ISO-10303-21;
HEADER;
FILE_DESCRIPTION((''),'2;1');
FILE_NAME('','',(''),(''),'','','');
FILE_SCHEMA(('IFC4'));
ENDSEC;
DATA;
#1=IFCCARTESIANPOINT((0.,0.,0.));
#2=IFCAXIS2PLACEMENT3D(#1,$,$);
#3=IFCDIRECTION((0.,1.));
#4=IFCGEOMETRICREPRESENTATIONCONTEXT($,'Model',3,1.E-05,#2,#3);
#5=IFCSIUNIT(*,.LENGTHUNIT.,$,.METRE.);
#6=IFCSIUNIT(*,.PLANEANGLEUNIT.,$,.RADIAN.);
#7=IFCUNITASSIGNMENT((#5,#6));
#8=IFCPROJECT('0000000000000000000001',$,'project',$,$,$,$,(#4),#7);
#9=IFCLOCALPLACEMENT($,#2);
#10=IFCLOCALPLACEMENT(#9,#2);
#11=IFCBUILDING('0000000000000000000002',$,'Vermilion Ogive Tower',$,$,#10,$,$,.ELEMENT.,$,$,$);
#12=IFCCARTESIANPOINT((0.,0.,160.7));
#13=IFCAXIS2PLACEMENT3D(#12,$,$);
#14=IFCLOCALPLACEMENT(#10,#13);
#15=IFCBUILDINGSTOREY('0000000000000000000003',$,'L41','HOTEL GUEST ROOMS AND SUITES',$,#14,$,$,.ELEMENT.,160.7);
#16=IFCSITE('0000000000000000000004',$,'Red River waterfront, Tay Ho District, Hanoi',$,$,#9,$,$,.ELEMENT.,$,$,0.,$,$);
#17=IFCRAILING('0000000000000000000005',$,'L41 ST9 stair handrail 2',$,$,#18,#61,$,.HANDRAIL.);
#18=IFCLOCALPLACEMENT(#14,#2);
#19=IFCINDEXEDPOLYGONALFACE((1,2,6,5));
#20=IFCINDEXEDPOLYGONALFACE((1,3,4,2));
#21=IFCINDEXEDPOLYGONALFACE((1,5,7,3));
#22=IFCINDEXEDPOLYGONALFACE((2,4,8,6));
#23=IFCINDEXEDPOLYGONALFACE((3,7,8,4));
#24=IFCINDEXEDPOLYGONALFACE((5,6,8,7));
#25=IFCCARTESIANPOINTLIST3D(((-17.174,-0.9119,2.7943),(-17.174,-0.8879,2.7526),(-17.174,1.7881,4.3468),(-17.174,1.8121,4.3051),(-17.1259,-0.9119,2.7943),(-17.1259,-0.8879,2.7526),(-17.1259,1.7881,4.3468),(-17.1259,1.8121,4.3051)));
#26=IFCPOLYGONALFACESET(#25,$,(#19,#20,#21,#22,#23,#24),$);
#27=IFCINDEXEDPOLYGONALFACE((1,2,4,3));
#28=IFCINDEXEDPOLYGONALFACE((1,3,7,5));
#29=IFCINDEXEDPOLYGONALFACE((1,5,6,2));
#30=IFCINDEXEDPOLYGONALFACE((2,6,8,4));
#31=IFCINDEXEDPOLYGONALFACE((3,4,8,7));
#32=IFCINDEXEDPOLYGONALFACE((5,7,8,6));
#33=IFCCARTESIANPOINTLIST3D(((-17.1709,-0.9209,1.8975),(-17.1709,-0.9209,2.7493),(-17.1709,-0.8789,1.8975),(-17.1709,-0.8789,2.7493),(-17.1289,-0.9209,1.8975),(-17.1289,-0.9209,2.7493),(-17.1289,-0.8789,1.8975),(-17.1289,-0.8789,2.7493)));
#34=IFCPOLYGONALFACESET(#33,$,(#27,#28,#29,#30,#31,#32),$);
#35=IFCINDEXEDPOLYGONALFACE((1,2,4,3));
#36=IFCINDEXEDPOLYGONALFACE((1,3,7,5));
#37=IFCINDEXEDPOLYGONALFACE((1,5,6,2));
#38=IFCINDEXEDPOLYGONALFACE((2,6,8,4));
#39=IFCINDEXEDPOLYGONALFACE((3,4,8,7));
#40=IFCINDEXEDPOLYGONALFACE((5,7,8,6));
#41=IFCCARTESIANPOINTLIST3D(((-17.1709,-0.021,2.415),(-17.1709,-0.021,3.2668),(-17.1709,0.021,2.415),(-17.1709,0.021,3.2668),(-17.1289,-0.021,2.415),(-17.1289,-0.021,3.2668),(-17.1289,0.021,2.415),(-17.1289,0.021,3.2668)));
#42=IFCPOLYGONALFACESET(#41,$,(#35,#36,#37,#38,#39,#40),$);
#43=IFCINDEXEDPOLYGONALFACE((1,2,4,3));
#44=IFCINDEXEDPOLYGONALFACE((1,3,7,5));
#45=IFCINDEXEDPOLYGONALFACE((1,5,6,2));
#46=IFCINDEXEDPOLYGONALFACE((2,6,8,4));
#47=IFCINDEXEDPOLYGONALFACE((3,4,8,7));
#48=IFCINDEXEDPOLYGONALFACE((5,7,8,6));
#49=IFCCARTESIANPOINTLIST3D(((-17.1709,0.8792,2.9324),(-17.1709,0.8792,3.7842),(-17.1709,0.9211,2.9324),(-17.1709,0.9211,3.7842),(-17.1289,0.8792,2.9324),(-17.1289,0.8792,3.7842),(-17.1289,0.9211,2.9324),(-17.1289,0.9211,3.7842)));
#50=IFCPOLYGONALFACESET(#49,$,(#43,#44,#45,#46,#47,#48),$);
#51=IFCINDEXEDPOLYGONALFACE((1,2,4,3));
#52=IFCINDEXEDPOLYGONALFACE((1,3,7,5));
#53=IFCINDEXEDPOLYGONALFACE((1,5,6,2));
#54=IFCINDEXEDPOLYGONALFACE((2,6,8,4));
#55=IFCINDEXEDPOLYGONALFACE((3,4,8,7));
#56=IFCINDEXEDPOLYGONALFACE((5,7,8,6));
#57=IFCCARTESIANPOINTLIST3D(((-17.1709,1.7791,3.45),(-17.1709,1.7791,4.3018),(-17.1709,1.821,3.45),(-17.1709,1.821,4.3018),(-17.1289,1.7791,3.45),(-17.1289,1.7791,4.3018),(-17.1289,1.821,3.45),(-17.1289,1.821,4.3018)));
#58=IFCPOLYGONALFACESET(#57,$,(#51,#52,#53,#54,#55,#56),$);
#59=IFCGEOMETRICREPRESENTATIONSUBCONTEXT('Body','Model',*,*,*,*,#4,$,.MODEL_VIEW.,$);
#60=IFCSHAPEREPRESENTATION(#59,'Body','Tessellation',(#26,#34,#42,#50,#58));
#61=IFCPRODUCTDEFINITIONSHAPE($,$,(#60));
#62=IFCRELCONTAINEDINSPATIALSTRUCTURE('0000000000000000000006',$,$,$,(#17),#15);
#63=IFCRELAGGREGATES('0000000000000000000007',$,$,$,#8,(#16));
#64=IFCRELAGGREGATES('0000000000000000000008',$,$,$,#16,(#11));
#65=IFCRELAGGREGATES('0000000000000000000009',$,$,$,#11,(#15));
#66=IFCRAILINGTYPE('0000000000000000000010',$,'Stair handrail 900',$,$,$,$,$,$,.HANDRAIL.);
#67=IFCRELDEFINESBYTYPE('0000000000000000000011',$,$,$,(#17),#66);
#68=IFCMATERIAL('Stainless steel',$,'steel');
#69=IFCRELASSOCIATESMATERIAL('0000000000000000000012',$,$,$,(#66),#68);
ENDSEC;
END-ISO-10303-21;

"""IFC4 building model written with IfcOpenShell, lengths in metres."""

from ifc_helpers import new_model, si_unit, direction, frame, origin, origin_2d, place, context, subcontext, project, spatial, rectangle, extrude, material, type_object, element, save


model = new_model("IFC4")

# Units and contexts
model_context = context("Model", 3, precision=1e-05, world=origin(), true_north=direction((0.0, 1.0)))
body_context = subcontext(model_context, "Body", "Model", "MODEL_VIEW")
ifc_project = project(units=[si_unit("LENGTHUNIT", "METRE"), si_unit("PLANEANGLEUNIT", "RADIAN")], contexts=[model_context])

# Site, building, storey
site_placement = place(None, origin())
site = spatial("IfcSite", under=ifc_project, at=site_placement, Name="Red River waterfront, Tay Ho District, Hanoi", CompositionType="ELEMENT", RefElevation=0.0)
building_placement = place(site_placement, origin())
building = spatial("IfcBuilding", under=site, at=building_placement, Name="Vermilion Ogive Tower", CompositionType="ELEMENT")
storey_placement = place(building_placement, frame((0.0, 0.0, 160.7)))
storey = spatial("IfcBuildingStorey", under=building, at=storey_placement, Name="L41", Description="HOTEL GUEST ROOMS AND SUITES", CompositionType="ELEMENT", Elevation=160.7)

# Railing
ifc_material_1 = material(Name="Stainless steel", Category="steel")
railing_type = type_object("IfcRailingType", Name="Stair handrail 900", PredefinedType="HANDRAIL", material=ifc_material_1)
railing_placement = place(storey_placement, frame((-17.1499, -0.8999, 1.8975)))
element("IfcRailing", 1, at=railing_placement, inside=storey, type_object=railing_type, Name="L41 ST9 stair handrail 2", PredefinedType="HANDRAIL", context=body_context, shape_type="SweptSolid", body=[
    extrude(rectangle(XDim=0.0481, YDim=0.0481, at=origin_2d()), frame((0.0, 0.0, 0.876), z_axis=(0.0, 0.866904, 0.498476), x_axis=(-1.0, 0.0, 0.0)), (0.0, 0.0, 1.0), 3.1145),
    extrude(rectangle(XDim=0.042, YDim=0.042, at=origin_2d()), origin(), (0.0, 0.0, 1.0), 0.8518),
    extrude(rectangle(XDim=0.042, YDim=0.042, at=origin_2d()), frame((0.0, 0.8999, 0.5176)), (0.0, 0.0, 1.0), 0.8518),
    extrude(rectangle(XDim=0.042, YDim=0.042, at=origin_2d()), frame((0.0, 1.8, 1.0349)), (0.0, 0.0, 1.0), 0.8518),
    extrude(rectangle(XDim=0.042, YDim=0.042, at=origin_2d()), frame((0.0, 2.7, 1.5525)), (0.0, 0.0, 1.0), 0.8518),
])

save(model, "model.ifc")
